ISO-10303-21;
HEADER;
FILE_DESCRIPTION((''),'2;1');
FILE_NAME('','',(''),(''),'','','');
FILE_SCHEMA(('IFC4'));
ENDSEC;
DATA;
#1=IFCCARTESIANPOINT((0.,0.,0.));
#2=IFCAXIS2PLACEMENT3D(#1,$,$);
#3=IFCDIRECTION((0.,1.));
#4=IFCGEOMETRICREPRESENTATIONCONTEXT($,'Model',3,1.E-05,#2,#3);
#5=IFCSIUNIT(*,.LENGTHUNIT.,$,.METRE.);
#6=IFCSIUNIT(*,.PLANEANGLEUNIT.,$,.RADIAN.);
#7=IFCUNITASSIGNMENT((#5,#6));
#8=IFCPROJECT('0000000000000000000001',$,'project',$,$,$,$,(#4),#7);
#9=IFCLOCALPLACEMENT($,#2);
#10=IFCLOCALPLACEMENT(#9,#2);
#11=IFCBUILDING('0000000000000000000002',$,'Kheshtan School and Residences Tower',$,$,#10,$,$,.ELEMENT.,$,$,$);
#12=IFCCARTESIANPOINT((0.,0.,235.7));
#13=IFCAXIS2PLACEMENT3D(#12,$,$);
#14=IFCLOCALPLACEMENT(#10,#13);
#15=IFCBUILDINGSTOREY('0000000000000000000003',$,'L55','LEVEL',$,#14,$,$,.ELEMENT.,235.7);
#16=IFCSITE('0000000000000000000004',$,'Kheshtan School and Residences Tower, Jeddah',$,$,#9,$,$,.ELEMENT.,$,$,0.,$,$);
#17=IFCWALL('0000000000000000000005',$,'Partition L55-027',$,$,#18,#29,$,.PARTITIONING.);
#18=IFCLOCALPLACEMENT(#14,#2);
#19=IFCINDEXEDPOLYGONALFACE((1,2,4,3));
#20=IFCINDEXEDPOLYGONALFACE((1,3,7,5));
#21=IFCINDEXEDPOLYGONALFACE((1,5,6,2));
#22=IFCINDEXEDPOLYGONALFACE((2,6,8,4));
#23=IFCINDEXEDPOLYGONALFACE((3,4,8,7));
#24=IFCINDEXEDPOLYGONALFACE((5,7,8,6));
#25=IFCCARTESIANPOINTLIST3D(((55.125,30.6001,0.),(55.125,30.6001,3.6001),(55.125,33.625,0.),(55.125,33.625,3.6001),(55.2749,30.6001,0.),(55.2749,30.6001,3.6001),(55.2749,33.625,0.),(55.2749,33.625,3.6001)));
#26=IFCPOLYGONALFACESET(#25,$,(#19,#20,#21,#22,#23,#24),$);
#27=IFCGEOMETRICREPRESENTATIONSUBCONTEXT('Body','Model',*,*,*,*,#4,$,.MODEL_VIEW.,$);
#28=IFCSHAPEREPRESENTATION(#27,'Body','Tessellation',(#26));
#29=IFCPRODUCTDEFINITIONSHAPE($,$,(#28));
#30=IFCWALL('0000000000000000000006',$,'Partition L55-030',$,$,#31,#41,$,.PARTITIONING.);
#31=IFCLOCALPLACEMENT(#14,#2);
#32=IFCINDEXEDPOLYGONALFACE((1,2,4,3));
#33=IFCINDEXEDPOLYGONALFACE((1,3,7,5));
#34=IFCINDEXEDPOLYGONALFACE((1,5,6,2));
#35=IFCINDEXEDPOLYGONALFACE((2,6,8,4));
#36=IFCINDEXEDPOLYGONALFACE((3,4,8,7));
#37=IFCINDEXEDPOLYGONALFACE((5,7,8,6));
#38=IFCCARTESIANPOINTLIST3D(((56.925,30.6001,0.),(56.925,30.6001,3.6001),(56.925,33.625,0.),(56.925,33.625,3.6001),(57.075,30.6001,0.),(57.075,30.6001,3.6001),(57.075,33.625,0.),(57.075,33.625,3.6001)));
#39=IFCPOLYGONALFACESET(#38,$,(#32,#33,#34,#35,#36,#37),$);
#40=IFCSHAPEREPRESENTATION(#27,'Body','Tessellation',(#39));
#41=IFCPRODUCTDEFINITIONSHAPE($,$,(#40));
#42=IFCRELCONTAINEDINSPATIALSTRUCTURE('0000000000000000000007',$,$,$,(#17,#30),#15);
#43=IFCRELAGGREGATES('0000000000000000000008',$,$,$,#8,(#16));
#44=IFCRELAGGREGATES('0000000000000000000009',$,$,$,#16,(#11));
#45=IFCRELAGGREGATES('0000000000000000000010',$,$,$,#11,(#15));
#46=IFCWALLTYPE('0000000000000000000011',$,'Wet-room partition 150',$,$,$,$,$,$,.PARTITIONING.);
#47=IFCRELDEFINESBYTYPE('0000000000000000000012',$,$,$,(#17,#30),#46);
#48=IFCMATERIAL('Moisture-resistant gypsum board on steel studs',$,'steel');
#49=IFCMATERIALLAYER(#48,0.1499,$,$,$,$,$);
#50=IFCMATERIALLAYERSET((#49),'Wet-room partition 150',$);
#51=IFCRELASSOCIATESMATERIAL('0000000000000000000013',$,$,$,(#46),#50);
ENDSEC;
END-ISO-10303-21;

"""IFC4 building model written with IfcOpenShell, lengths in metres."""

from ifc_helpers import new_model, si_unit, direction, frame, frame_2d, origin, place, context, subcontext, project, spatial, rectangle, extrude, material, layer, layer_set, type_object, element, save


model = new_model("IFC4")

# Units and contexts
model_context = context("Model", 3, precision=1e-05, world=origin(), true_north=direction((0.0, 1.0)))
body_context = subcontext(model_context, "Body", "Model", "MODEL_VIEW")
ifc_project = project(units=[si_unit("LENGTHUNIT", "METRE"), si_unit("PLANEANGLEUNIT", "RADIAN")], contexts=[model_context])

# Site, building, storey
site_placement = place(None, origin())
site = spatial("IfcSite", under=ifc_project, at=site_placement, Name="Kheshtan School and Residences Tower, Jeddah", CompositionType="ELEMENT", RefElevation=0.0)
building_placement = place(site_placement, origin())
building = spatial("IfcBuilding", under=site, at=building_placement, Name="Kheshtan School and Residences Tower", CompositionType="ELEMENT")
storey_placement = place(building_placement, frame((0.0, 0.0, 235.7)))
storey = spatial("IfcBuildingStorey", under=building, at=storey_placement, Name="L55", Description="LEVEL", CompositionType="ELEMENT", Elevation=235.7)

# Shared definitions
ifc_material_1 = material(Name="Moisture-resistant gypsum board on steel studs", Category="steel")
ifc_layer_1 = layer(ifc_material_1, 0.1499)
ifc_layer_set_1 = layer_set([ifc_layer_1], Name="Wet-room partition 150")
wall_type_1 = type_object("IfcWallType", Name="Wet-room partition 150", PredefinedType="PARTITIONING", material=ifc_layer_set_1)

# Walls
for number, where, z_axis, x_axis, name in (
    (1, (55.2, 30.6001, 0.0), (0.0, 0.0, 1.0), (0.0, 1.0, 0.0), "Partition L55-027"),
    (2, (57.0, 30.6001, 0.0), (0.0, 0.0, 1.0), (0.0, 1.0, 0.0), "Partition L55-030"),
):
    element("IfcWall", number, at=place(storey_placement, frame(where, z_axis=z_axis, x_axis=x_axis)), inside=storey, type_object=wall_type_1, Name=name, PredefinedType="PARTITIONING", context=body_context, shape_type="SweptSolid", body=[
        extrude(rectangle(XDim=3.0249, YDim=0.1499, at=frame_2d((1.5125, 0.0))), origin(), (0.0, 0.0, 1.0), 3.6001),
    ])

save(model, "model.ifc")
